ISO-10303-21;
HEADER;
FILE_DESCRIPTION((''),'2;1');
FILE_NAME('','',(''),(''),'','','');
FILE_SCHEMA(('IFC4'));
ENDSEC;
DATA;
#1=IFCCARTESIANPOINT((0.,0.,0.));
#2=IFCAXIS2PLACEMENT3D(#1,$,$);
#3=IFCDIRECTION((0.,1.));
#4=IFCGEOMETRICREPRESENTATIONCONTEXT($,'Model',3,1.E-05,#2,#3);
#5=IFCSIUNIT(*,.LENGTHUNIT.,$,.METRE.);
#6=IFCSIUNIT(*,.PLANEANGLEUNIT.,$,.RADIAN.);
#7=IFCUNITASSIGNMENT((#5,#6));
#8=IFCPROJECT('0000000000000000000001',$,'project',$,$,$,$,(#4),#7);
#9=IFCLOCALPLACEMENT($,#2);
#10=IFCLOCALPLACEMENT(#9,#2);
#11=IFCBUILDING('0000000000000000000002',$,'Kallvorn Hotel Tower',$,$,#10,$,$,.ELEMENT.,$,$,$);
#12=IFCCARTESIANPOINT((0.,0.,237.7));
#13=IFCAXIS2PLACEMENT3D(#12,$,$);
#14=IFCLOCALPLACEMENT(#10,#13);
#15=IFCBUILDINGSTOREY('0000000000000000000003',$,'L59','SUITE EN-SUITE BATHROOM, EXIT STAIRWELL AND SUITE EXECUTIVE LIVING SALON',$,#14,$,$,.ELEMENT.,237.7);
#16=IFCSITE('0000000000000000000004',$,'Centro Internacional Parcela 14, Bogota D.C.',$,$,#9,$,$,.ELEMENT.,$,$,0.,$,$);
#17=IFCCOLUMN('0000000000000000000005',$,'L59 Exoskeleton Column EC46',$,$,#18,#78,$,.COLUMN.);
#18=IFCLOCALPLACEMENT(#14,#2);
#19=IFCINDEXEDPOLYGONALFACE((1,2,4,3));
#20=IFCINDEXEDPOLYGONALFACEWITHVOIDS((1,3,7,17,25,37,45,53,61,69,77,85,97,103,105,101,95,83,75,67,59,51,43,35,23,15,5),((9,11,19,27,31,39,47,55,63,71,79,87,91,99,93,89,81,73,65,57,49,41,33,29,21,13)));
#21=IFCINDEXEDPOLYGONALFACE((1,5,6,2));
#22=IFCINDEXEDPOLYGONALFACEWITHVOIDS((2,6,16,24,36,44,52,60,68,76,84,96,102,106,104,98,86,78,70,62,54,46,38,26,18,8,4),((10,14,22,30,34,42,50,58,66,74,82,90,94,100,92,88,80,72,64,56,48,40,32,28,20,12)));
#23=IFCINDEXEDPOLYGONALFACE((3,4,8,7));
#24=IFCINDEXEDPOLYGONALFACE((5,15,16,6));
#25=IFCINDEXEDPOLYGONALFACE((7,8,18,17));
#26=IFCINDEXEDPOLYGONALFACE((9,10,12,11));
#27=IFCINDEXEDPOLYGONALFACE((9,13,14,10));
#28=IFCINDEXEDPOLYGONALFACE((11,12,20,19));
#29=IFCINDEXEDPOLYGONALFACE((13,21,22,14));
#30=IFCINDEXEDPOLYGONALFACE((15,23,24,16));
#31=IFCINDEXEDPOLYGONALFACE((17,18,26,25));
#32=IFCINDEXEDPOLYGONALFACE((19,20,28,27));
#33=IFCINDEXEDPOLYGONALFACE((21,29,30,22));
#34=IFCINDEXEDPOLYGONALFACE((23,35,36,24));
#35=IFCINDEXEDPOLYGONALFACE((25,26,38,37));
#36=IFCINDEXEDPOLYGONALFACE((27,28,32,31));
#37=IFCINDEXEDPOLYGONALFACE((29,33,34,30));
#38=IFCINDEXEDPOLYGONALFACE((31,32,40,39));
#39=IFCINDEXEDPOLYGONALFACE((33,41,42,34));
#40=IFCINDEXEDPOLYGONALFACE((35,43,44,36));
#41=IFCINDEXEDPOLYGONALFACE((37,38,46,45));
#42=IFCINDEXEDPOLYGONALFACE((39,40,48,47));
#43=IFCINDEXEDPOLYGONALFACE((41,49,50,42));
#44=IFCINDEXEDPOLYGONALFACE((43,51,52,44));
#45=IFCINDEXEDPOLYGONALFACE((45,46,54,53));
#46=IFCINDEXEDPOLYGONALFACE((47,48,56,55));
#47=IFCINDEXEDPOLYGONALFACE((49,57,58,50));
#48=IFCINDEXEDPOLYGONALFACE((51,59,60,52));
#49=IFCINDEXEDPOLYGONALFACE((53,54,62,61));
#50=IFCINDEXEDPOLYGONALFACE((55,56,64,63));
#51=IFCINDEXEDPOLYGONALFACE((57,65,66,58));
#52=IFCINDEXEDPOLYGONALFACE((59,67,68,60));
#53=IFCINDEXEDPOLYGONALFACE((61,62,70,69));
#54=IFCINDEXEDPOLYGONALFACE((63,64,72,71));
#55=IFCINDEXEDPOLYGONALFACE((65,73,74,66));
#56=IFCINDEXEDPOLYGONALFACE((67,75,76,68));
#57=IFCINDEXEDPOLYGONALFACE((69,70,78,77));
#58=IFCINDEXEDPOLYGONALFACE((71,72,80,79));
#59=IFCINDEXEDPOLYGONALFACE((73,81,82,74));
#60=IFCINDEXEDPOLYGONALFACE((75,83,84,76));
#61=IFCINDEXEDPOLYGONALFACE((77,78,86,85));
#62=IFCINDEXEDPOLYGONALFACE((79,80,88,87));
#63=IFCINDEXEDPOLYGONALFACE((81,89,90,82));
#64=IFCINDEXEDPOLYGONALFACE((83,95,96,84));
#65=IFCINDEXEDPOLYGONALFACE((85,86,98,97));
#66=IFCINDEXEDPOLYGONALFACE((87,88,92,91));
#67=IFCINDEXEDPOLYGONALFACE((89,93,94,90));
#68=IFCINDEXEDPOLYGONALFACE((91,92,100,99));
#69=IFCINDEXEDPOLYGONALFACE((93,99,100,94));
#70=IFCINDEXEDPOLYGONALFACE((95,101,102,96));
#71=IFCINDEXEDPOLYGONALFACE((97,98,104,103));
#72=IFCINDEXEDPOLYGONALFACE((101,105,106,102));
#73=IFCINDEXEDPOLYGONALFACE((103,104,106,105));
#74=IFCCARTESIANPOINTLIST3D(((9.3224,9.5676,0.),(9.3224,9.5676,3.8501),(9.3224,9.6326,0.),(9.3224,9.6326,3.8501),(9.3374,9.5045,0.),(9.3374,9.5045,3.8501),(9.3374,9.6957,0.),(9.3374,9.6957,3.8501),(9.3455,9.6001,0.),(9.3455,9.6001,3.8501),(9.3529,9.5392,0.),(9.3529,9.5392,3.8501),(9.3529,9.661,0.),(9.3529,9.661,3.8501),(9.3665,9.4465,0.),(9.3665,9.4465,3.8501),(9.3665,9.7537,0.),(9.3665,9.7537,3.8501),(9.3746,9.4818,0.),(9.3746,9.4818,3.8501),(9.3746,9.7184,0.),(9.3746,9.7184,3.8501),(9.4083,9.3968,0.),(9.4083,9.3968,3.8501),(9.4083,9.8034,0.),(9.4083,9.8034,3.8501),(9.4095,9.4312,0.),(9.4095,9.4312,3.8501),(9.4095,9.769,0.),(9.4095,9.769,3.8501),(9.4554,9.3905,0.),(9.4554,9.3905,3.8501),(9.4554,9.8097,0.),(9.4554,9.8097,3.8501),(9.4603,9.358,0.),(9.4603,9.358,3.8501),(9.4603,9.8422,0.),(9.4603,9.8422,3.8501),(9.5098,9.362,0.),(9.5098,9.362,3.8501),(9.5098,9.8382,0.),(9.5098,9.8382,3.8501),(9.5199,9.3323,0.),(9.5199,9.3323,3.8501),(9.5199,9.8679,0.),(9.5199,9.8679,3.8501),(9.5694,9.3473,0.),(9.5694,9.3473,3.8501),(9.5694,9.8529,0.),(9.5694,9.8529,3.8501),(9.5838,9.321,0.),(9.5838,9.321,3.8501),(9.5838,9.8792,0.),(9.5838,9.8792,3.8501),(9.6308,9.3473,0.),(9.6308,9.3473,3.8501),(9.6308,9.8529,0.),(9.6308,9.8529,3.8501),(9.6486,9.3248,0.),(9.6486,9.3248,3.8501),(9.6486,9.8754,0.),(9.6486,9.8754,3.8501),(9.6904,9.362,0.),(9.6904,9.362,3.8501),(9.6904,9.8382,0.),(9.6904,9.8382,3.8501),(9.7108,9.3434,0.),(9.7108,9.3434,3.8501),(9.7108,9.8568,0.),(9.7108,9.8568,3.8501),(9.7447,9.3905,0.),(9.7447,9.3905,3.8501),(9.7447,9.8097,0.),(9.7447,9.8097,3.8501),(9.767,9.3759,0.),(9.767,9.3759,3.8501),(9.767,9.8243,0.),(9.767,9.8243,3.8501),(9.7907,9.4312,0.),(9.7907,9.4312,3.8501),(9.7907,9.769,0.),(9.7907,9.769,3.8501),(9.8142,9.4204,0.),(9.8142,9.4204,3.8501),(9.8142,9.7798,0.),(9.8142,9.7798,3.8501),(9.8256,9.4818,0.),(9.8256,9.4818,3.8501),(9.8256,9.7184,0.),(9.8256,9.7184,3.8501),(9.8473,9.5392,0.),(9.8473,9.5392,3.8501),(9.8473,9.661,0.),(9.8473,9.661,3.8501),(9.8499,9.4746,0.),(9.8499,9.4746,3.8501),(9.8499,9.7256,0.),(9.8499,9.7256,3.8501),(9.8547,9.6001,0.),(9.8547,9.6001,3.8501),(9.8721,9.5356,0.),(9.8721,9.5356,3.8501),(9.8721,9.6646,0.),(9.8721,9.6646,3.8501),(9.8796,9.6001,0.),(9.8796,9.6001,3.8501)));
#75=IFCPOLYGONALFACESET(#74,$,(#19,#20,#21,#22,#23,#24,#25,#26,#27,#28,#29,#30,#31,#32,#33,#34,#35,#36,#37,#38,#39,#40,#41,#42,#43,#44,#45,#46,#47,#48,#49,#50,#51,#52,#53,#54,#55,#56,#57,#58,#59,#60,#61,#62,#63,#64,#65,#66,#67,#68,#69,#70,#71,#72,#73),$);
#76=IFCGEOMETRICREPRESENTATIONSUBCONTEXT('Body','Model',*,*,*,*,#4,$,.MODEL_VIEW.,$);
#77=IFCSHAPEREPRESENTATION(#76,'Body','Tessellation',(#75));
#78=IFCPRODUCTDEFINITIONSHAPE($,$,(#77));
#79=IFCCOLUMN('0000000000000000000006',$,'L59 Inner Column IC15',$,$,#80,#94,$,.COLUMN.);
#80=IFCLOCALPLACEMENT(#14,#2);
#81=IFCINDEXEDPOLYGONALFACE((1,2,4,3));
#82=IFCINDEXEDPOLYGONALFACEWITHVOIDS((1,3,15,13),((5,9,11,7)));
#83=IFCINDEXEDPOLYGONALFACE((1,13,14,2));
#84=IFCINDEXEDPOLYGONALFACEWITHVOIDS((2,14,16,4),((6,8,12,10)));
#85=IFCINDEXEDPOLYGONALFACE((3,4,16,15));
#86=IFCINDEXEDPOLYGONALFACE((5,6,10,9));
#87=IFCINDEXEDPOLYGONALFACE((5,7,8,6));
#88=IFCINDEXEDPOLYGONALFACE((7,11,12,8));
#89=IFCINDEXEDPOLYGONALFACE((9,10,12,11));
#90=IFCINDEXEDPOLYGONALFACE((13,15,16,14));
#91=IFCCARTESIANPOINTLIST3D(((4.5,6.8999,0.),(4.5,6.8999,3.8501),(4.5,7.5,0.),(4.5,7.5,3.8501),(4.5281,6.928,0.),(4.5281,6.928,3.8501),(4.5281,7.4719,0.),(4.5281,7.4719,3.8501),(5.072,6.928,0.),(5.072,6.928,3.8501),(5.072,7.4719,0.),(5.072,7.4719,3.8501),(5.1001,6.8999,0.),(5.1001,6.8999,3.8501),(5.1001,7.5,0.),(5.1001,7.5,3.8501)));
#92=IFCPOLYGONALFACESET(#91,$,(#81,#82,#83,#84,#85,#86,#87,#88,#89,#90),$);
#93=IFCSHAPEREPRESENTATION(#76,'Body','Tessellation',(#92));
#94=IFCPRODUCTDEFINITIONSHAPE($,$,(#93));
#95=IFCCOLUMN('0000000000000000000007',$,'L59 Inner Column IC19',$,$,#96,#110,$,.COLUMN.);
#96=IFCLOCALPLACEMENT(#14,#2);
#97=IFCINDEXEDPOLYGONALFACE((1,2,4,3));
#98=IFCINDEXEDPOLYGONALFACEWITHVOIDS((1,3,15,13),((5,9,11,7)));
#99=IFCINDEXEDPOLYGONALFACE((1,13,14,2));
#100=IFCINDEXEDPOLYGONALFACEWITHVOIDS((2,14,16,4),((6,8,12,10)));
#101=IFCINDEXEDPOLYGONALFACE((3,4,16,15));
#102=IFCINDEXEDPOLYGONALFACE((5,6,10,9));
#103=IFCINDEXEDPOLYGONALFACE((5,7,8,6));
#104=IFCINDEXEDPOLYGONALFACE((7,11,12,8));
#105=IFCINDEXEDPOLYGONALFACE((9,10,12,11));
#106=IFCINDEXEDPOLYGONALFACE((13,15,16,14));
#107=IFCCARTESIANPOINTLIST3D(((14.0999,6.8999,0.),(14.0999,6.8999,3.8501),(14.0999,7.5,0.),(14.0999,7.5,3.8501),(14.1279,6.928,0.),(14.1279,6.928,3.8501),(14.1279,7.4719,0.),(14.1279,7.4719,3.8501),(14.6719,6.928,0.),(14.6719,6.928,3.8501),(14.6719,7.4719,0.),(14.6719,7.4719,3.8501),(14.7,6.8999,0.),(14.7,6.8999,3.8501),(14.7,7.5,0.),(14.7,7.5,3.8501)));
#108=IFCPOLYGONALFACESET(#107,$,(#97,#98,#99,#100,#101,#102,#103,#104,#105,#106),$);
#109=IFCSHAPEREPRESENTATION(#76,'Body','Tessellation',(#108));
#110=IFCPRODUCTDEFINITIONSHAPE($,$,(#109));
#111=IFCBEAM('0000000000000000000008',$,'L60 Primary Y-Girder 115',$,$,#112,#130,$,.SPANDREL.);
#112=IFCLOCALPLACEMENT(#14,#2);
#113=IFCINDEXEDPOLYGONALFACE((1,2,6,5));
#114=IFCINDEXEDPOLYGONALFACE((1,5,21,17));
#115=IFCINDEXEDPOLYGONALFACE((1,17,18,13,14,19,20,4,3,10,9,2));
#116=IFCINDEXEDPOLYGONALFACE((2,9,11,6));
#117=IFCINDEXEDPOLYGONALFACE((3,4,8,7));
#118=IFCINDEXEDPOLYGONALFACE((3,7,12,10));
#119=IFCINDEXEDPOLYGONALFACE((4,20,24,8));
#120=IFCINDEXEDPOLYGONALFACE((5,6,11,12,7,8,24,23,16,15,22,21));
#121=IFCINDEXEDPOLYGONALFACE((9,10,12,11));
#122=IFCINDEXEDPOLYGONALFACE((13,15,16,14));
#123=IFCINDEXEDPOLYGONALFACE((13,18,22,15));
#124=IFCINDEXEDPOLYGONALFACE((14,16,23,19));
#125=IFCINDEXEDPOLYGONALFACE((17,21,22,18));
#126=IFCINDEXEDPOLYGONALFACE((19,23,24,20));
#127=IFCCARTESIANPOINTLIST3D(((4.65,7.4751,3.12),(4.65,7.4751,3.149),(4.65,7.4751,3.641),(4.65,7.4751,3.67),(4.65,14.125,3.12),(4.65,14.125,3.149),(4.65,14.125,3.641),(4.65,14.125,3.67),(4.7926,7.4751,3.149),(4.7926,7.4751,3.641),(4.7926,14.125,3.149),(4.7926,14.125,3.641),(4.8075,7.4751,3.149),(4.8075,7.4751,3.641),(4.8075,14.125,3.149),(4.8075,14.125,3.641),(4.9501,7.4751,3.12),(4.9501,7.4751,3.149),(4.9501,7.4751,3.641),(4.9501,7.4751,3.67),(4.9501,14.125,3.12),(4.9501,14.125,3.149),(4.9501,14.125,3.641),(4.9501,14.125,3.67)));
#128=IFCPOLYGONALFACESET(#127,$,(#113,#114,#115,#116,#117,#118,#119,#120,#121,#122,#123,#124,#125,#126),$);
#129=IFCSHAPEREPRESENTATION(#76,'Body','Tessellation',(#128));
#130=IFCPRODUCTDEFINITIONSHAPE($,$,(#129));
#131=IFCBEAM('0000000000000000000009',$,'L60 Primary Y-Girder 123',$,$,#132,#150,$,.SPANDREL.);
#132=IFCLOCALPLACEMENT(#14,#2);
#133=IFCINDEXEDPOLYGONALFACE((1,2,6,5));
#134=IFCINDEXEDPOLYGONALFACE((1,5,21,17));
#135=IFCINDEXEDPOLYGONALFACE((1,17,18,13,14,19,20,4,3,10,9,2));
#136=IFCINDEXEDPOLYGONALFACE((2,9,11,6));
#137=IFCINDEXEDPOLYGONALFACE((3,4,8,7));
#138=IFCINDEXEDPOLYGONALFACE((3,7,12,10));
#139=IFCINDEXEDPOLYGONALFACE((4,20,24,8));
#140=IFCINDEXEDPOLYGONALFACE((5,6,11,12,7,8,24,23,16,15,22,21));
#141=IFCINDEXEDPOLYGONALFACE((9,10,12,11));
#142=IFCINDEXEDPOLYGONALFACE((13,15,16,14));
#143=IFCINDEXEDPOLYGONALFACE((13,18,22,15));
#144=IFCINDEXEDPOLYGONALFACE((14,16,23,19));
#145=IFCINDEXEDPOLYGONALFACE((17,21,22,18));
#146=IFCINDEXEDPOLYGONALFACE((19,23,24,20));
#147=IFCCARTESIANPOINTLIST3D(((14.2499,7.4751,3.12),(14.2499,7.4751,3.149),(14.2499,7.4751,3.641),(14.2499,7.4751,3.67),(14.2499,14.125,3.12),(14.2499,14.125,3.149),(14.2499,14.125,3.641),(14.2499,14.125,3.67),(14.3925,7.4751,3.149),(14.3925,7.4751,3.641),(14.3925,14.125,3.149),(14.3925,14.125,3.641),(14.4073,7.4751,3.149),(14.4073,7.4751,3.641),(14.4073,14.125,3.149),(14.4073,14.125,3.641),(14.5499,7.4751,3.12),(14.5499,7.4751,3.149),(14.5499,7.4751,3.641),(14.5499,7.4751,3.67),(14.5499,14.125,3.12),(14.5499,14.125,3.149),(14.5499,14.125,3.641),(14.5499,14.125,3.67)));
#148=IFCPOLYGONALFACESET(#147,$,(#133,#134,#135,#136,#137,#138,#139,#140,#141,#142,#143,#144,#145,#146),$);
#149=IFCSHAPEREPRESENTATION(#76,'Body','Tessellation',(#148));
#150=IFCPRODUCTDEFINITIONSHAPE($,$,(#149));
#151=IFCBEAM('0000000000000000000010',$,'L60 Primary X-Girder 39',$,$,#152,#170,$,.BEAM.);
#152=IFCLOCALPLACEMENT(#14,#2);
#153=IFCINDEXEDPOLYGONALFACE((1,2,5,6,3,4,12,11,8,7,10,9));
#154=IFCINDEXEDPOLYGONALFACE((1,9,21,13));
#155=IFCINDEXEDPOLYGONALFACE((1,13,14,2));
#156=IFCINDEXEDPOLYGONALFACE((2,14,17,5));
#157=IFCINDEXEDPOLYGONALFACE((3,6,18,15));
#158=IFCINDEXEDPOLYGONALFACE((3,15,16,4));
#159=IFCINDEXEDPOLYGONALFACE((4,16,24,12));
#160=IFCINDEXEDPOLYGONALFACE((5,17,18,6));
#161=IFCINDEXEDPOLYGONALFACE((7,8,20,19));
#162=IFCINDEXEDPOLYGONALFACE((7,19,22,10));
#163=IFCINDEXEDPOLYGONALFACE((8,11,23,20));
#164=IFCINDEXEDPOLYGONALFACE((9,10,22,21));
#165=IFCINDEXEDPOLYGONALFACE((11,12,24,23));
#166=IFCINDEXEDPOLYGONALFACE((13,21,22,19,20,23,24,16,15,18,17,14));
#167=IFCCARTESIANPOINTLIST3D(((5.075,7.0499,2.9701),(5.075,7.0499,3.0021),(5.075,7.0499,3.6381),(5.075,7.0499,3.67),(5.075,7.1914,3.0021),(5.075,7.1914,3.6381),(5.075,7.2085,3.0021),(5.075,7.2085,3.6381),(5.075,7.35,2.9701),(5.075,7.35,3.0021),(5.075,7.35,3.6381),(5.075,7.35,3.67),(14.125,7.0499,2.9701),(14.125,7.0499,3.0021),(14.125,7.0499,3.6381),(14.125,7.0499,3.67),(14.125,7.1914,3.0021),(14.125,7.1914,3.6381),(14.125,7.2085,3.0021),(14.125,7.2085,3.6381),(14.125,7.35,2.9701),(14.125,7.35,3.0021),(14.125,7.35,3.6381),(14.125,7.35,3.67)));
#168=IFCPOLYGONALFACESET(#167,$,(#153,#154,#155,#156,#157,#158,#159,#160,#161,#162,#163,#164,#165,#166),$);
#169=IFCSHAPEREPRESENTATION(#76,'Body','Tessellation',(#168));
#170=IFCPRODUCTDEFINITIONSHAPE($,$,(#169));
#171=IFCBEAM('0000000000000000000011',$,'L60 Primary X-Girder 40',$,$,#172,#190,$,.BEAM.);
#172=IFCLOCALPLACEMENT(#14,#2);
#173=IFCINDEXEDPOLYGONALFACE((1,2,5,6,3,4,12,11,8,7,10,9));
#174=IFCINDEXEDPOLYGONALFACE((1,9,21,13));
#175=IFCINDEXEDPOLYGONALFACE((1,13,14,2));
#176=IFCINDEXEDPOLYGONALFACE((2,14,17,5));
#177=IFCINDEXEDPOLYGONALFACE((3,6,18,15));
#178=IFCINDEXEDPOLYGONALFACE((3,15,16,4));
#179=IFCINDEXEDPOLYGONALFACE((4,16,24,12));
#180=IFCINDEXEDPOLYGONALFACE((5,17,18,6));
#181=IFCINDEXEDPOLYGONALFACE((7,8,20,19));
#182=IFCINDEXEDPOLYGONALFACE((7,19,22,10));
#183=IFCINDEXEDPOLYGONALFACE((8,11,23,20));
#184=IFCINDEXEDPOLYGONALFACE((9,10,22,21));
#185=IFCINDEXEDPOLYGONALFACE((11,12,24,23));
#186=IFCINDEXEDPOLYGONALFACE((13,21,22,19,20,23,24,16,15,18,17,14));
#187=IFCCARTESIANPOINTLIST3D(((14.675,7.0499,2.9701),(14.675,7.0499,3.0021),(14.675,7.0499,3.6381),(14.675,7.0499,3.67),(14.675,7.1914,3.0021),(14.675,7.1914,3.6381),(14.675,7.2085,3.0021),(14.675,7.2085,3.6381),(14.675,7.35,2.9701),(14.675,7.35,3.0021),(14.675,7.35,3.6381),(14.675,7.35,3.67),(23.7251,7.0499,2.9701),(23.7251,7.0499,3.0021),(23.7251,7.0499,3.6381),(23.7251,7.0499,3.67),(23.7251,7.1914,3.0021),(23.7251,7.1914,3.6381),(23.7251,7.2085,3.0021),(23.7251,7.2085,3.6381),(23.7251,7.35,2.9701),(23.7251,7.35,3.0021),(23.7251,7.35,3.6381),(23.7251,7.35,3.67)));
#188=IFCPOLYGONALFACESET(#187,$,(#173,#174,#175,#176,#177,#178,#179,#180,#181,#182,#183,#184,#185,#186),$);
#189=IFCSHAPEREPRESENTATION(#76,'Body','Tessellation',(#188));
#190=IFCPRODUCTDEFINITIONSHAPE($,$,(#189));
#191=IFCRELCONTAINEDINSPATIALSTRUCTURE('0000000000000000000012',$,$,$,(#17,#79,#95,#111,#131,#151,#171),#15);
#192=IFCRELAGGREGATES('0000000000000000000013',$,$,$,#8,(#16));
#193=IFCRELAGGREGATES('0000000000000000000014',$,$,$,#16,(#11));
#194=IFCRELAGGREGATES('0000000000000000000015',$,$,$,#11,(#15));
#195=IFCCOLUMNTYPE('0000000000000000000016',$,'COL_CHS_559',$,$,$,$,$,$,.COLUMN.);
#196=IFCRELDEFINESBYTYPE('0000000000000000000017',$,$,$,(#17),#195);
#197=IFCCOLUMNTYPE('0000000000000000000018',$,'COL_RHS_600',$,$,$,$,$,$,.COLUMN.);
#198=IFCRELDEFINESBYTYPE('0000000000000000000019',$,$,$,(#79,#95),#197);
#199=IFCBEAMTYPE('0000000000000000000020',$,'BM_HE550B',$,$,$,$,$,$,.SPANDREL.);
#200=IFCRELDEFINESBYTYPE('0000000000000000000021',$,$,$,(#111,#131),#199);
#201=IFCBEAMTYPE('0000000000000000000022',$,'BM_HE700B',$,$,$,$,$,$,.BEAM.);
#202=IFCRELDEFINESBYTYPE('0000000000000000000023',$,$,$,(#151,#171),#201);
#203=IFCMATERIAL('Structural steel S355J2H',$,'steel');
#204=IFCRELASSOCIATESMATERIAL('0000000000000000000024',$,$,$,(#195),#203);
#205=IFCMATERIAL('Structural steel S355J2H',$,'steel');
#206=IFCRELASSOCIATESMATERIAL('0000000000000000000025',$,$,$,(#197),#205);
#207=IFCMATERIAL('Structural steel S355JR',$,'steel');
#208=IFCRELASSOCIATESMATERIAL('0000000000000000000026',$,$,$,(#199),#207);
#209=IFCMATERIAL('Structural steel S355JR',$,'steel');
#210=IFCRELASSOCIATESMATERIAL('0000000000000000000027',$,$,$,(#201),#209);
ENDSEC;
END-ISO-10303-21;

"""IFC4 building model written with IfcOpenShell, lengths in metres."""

from ifc_helpers import new_model, si_unit, direction, frame, origin, origin_2d, place, context, subcontext, project, spatial, hollow_rectangle, hollow_circle, i_section, extrude, material, material_profile, profile_set, type_object, element, save


model = new_model("IFC4")

# Units and contexts
model_context = context("Model", 3, precision=1e-05, world=origin(), true_north=direction((0.0, 1.0)))
body_context = subcontext(model_context, "Body", "Model", "MODEL_VIEW")
ifc_project = project(units=[si_unit("LENGTHUNIT", "METRE"), si_unit("PLANEANGLEUNIT", "RADIAN")], contexts=[model_context])

# Site, building, storey
site_placement = place(None, origin())
site = spatial("IfcSite", under=ifc_project, at=site_placement, Name="Centro Internacional Parcela 14, Bogota D.C.", CompositionType="ELEMENT", RefElevation=0.0)
building_placement = place(site_placement, origin())
building = spatial("IfcBuilding", under=site, at=building_placement, Name="Kallvorn Hotel Tower", CompositionType="ELEMENT")
storey_placement = place(building_placement, frame((0.0, 0.0, 237.7)))
storey = spatial("IfcBuildingStorey", under=building, at=storey_placement, Name="L59", Description="SUITE EN-SUITE BATHROOM, EXIT STAIRWELL AND SUITE EXECUTIVE LIVING SALON", CompositionType="ELEMENT", Elevation=237.7)

# Columns
ifc_material_1 = material(Name="Structural steel S355J2H", Category="steel")
ifc_material_profile_1 = material_profile(ifc_material_1, hollow_circle(Radius=0.2795, WallThickness=0.0249, at=origin_2d()), Name="CHS 559x25")
ifc_profile_set_1 = profile_set([ifc_material_profile_1], Name="Structural steel S355J2H")
column_type_1 = type_object("IfcColumnType", Name="COL_CHS_559", PredefinedType="COLUMN", material=ifc_profile_set_1)
column_placement = place(storey_placement, frame((9.6001, 9.6001, 0.0), z_axis=(0.0, 0.0, 1.0), x_axis=(1.0, 0.0, 0.0)))
element("IfcColumn", 1, at=column_placement, inside=storey, type_object=column_type_1, Name="L59 Exoskeleton Column EC46", PredefinedType="COLUMN", context=body_context, shape_type="SweptSolid", body=[
    extrude(hollow_circle(Radius=0.2795, WallThickness=0.0249, at=origin_2d()), origin(), (0.0, 0.0, 1.0), 3.8501),
])
ifc_material_2 = material(Name="Structural steel S355J2H", Category="steel")
ifc_material_profile_2 = material_profile(ifc_material_2, hollow_rectangle(XDim=0.6001, YDim=0.6001, WallThickness=0.0281, at=origin_2d()), Name="RHS 600x600x28")
ifc_profile_set_2 = profile_set([ifc_material_profile_2], Name="Structural steel S355J2H")
column_type_2 = type_object("IfcColumnType", Name="COL_RHS_600", PredefinedType="COLUMN", material=ifc_profile_set_2)
for number, where, z_axis, x_axis, name in (
    (2, (4.8, 7.2, 0.0), (0.0, 0.0, 1.0), (1.0, 0.0, 0.0), "L59 Inner Column IC15"),
    (3, (14.3999, 7.2, 0.0), (0.0, 0.0, 1.0), (1.0, 0.0, 0.0), "L59 Inner Column IC19"),
):
    element("IfcColumn", number, at=place(storey_placement, frame(where, z_axis=z_axis, x_axis=x_axis)), inside=storey, type_object=column_type_2, Name=name, PredefinedType="COLUMN", context=body_context, shape_type="SweptSolid", body=[
        extrude(hollow_rectangle(XDim=0.6001, YDim=0.6001, WallThickness=0.0281, at=origin_2d()), origin(), (0.0, 0.0, 1.0), 3.8501),
    ])

# Beams
ifc_material_3 = material(Name="Structural steel S355JR", Category="steel")
ifc_material_profile_3 = material_profile(ifc_material_3, i_section(OverallWidth=0.3, OverallDepth=0.55, WebThickness=0.0149, FlangeThickness=0.0291, at=origin_2d()), Name="HE 550 B")
ifc_profile_set_3 = profile_set([ifc_material_profile_3], Name="Structural steel S355JR")
beam_type_1 = type_object("IfcBeamType", Name="BM_HE550B", PredefinedType="SPANDREL", material=ifc_profile_set_3)
for number, where, z_axis, x_axis, name in (
    (4, (4.8, 7.4751, 3.395), (0.0, 1.0, 0.0), (-1.0, 0.0, 0.0), "L60 Primary Y-Girder 115"),
    (5, (14.3999, 7.4751, 3.395), (0.0, 1.0, 0.0), (-1.0, 0.0, 0.0), "L60 Primary Y-Girder 123"),
):
    element("IfcBeam", number, at=place(storey_placement, frame(where, z_axis=z_axis, x_axis=x_axis)), inside=storey, type_object=beam_type_1, Name=name, PredefinedType="SPANDREL", context=body_context, shape_type="SweptSolid", body=[
        extrude(i_section(OverallWidth=0.3, OverallDepth=0.55, WebThickness=0.0149, FlangeThickness=0.0291, at=origin_2d()), origin(), (0.0, 0.0, 1.0), 6.6499),
    ])
ifc_material_4 = material(Name="Structural steel S355JR", Category="steel")
ifc_material_profile_4 = material_profile(ifc_material_4, i_section(OverallWidth=0.3, OverallDepth=0.7, WebThickness=0.0171, FlangeThickness=0.032, at=origin_2d()), Name="HE 700 B")
ifc_profile_set_4 = profile_set([ifc_material_profile_4], Name="Structural steel S355JR")
beam_type_2 = type_object("IfcBeamType", Name="BM_HE700B", PredefinedType="BEAM", material=ifc_profile_set_4)
for number, where, z_axis, x_axis, name in (
    (6, (5.075, 7.2, 3.3201), (1.0, 0.0, 0.0), (0.0, 1.0, 0.0), "L60 Primary X-Girder 39"),
    (7, (14.675, 7.2, 3.3201), (1.0, 0.0, 0.0), (0.0, 1.0, 0.0), "L60 Primary X-Girder 40"),
):
    element("IfcBeam", number, at=place(storey_placement, frame(where, z_axis=z_axis, x_axis=x_axis)), inside=storey, type_object=beam_type_2, Name=name, PredefinedType="BEAM", context=body_context, shape_type="SweptSolid", body=[
        extrude(i_section(OverallWidth=0.3, OverallDepth=0.7, WebThickness=0.0171, FlangeThickness=0.032, at=origin_2d()), origin(), (0.0, 0.0, 1.0), 9.05),
    ])

save(model, "model.ifc")
